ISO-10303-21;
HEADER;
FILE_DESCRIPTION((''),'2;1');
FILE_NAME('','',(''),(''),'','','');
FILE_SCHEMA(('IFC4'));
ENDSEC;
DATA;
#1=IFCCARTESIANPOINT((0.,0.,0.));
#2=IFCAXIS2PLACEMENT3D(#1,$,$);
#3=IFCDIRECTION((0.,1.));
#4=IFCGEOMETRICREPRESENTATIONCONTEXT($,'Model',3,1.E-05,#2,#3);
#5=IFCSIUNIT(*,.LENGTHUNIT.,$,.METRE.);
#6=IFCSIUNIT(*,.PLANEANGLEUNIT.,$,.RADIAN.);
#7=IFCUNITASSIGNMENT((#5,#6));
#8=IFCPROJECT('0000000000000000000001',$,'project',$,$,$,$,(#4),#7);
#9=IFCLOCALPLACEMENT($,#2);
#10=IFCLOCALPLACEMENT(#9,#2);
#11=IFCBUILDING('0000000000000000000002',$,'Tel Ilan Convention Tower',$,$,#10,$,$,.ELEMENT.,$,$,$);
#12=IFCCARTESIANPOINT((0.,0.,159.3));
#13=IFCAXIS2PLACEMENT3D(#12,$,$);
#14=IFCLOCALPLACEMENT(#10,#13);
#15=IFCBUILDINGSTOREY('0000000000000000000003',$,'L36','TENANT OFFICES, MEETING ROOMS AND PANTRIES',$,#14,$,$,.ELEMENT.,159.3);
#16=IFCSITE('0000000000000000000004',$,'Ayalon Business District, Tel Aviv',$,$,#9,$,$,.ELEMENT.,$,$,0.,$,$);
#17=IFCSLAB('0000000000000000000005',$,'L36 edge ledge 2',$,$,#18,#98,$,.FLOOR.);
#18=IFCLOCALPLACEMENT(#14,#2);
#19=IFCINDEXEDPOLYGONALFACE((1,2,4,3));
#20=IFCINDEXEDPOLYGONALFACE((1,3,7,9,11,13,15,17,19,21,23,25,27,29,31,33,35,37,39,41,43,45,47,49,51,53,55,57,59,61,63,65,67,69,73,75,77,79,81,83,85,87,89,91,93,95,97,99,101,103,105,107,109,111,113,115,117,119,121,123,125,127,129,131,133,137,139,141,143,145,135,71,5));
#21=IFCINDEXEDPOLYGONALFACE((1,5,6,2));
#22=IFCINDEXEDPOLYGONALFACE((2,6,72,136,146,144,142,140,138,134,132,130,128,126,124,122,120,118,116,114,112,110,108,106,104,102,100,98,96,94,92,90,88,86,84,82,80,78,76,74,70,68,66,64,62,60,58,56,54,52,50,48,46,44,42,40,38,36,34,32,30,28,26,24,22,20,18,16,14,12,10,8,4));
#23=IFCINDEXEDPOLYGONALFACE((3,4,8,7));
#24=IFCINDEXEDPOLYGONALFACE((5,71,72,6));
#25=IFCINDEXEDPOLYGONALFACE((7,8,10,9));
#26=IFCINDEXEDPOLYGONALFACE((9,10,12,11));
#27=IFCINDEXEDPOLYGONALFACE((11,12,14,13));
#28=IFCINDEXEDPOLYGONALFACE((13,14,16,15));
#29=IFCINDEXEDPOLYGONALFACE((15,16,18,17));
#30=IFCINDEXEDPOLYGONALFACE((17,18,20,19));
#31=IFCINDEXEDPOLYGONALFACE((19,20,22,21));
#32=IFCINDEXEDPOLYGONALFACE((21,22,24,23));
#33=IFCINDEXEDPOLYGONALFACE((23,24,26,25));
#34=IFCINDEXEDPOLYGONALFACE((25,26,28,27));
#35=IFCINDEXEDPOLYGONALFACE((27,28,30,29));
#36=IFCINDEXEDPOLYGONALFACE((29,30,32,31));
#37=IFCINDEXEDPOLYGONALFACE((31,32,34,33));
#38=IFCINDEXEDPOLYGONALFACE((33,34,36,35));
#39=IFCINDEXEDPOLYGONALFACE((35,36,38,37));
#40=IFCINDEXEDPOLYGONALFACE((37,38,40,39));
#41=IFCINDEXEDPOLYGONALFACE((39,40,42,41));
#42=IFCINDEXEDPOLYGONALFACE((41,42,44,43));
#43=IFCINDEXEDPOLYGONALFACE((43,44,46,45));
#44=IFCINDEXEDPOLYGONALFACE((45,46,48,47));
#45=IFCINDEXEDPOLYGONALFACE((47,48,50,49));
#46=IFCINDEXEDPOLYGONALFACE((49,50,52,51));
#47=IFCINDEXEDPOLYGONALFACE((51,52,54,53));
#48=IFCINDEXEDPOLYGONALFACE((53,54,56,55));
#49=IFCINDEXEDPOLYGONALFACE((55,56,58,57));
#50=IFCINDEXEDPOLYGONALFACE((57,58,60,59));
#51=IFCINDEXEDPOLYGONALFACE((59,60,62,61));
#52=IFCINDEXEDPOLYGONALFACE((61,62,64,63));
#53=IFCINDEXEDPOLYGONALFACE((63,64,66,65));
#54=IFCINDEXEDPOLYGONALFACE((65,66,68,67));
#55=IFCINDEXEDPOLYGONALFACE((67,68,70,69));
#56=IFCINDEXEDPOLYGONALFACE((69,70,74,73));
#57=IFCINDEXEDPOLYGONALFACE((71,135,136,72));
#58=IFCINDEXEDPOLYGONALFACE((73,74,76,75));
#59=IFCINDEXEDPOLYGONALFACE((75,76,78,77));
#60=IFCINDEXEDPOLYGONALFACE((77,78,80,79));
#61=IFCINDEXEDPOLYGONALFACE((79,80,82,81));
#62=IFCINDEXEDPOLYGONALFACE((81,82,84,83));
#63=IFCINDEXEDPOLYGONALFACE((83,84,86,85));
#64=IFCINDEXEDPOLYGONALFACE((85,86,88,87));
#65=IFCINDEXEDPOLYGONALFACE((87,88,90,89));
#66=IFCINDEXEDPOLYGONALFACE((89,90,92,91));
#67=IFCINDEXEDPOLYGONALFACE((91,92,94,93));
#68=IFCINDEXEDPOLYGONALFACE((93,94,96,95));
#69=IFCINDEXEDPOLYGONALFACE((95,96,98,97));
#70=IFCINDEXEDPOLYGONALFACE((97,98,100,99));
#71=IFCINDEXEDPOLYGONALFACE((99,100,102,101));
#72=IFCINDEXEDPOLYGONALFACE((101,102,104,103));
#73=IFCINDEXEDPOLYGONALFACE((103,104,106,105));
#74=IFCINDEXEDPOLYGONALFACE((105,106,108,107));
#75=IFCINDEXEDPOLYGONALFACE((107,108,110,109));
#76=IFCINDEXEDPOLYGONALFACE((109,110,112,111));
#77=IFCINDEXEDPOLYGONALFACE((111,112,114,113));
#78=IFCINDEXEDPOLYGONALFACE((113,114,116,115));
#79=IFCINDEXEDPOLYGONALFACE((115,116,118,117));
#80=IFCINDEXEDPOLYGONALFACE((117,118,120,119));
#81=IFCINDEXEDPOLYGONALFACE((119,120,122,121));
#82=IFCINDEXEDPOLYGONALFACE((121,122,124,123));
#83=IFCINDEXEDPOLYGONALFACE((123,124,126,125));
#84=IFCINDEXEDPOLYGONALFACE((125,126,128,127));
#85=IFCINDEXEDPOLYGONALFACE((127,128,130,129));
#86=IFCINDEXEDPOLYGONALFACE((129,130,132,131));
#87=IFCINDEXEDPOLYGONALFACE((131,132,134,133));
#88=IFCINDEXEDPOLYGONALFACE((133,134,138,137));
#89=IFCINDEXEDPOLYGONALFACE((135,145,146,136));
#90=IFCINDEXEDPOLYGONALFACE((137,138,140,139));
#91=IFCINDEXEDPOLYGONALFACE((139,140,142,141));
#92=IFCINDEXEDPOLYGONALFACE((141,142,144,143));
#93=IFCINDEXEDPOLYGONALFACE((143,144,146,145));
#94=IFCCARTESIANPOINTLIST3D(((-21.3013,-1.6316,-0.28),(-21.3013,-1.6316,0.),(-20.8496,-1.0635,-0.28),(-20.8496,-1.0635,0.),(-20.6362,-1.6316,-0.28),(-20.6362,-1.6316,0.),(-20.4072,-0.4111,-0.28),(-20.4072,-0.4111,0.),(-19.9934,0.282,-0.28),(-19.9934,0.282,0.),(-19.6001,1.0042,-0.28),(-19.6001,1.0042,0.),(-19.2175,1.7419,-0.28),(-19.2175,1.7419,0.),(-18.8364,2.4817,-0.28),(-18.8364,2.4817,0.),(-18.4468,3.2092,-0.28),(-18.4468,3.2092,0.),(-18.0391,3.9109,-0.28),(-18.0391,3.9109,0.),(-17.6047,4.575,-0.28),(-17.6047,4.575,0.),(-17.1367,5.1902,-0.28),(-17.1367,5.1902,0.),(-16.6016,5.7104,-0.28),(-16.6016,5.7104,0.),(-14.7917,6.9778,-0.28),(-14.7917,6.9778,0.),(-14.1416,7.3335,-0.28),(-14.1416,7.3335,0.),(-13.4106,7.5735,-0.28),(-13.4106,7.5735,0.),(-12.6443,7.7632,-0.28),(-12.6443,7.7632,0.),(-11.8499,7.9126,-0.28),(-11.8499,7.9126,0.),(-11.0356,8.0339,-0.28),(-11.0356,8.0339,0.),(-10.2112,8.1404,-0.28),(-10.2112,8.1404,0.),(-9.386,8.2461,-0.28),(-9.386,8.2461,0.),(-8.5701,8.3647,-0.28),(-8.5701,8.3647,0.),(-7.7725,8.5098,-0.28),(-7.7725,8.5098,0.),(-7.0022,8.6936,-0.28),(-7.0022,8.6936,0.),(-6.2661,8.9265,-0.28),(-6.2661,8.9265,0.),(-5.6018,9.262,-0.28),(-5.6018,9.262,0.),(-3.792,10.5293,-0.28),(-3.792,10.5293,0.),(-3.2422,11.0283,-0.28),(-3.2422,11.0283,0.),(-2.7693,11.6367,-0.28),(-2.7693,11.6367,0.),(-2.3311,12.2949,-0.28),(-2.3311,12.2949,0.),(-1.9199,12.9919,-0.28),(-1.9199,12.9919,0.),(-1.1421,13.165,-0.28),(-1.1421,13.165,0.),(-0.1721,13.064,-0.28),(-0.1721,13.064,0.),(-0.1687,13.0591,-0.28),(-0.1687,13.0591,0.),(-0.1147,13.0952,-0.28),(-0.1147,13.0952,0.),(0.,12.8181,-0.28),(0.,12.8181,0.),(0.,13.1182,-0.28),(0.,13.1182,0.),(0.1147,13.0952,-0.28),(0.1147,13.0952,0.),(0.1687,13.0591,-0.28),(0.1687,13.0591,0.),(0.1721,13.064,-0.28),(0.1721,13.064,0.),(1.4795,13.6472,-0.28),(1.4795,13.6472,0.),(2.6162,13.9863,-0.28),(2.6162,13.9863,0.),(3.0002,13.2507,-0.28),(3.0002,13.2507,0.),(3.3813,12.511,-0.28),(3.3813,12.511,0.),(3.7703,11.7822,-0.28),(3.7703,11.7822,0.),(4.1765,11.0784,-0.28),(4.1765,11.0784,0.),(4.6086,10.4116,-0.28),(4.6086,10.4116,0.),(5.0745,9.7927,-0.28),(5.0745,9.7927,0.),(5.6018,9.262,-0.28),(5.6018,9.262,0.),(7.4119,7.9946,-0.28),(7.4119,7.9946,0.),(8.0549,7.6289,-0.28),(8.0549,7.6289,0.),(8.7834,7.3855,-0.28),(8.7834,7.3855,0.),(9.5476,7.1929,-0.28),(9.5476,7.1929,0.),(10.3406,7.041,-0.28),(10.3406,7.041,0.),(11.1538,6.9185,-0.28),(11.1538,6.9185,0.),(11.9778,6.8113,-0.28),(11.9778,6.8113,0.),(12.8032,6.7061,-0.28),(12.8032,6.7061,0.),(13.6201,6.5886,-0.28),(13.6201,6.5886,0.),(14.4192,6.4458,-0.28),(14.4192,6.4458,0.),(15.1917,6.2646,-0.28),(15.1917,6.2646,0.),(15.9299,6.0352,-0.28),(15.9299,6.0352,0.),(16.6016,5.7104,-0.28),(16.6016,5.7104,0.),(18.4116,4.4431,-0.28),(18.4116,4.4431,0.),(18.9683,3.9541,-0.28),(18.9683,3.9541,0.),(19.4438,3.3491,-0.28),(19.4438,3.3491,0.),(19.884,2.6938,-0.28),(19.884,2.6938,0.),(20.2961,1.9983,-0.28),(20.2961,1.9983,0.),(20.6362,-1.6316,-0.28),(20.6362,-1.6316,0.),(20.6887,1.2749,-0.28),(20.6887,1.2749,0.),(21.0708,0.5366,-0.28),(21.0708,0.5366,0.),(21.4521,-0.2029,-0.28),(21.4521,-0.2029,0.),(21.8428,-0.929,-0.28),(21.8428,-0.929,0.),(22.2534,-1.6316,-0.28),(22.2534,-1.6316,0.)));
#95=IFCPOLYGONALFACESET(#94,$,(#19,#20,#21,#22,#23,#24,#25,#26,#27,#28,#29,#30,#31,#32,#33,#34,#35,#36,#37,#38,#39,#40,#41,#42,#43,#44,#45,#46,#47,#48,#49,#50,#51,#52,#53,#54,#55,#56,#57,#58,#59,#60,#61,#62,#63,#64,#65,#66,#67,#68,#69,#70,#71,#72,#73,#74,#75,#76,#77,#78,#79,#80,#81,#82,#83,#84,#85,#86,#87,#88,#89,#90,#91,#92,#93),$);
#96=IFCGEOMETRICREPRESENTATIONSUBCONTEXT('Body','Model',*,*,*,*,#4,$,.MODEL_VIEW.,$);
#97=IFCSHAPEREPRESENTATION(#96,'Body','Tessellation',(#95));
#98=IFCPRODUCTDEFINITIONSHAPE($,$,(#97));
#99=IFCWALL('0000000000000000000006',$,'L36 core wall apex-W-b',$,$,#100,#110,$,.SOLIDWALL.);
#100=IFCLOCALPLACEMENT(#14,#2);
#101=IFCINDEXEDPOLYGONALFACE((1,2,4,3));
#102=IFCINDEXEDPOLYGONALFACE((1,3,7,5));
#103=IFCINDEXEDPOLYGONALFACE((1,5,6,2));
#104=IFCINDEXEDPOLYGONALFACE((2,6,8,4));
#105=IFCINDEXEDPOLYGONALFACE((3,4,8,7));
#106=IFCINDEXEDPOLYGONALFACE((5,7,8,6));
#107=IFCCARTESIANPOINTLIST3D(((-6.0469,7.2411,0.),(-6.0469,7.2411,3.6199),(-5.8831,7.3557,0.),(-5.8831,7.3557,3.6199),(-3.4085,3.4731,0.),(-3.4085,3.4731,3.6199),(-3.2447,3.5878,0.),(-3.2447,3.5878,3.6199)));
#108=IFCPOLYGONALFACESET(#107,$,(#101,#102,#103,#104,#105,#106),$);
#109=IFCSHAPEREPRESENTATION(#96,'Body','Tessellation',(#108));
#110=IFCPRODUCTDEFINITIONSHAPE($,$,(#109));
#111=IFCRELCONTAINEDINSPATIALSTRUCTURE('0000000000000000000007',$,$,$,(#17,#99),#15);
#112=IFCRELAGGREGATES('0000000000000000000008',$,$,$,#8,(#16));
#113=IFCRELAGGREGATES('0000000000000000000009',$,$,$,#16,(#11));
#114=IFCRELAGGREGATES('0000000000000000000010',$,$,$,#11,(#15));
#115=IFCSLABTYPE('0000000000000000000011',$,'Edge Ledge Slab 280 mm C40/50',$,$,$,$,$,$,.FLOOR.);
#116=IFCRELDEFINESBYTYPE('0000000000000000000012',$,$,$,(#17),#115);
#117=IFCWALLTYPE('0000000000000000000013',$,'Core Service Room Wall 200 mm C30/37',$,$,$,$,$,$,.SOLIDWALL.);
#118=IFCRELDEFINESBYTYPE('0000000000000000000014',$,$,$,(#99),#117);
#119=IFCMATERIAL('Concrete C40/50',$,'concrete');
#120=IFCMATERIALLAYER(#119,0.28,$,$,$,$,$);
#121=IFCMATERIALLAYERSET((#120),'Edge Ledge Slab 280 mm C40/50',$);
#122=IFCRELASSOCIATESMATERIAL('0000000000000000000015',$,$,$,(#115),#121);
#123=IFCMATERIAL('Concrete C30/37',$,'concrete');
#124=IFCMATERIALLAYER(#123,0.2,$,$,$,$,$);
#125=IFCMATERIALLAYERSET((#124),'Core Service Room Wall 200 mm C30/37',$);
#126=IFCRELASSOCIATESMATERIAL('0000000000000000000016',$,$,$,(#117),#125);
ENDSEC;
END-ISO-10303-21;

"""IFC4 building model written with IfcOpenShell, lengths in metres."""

from ifc_helpers import new_model, si_unit, direction, frame, frame_2d, origin, place, context, subcontext, project, spatial, polyline, rectangle, outline, extrude, material, layer, layer_set, type_object, element, save


model = new_model("IFC4")

# Units and contexts
model_context = context("Model", 3, precision=1e-05, world=origin(), true_north=direction((0.0, 1.0)))
body_context = subcontext(model_context, "Body", "Model", "MODEL_VIEW")
ifc_project = project(units=[si_unit("LENGTHUNIT", "METRE"), si_unit("PLANEANGLEUNIT", "RADIAN")], contexts=[model_context])

# Site, building, storey
site_placement = place(None, origin())
site = spatial("IfcSite", under=ifc_project, at=site_placement, Name="Ayalon Business District, Tel Aviv", CompositionType="ELEMENT", RefElevation=0.0)
building_placement = place(site_placement, origin())
building = spatial("IfcBuilding", under=site, at=building_placement, Name="Tel Ilan Convention Tower", CompositionType="ELEMENT")
storey_placement = place(building_placement, frame((0.0, 0.0, 159.3)))
storey = spatial("IfcBuildingStorey", under=building, at=storey_placement, Name="L36", Description="TENANT OFFICES, MEETING ROOMS AND PANTRIES", CompositionType="ELEMENT", Elevation=159.3)

# Slab
ifc_material_1 = material(Name="Concrete C40/50", Category="concrete")
ifc_layer_1 = layer(ifc_material_1, 0.28)
ifc_layer_set_1 = layer_set([ifc_layer_1], Name="Edge Ledge Slab 280 mm C40/50")
slab_type_1 = type_object("IfcSlabType", Name="Edge Ledge Slab 280 mm C40/50", PredefinedType="FLOOR", material=ifc_layer_set_1)
slab_1_placement = place(storey_placement, frame((0.0, 0.0, -0.28)))
element("IfcSlab", 1, at=slab_1_placement, inside=storey, type_object=slab_type_1, Name="L36 edge ledge 2", PredefinedType="FLOOR", context=body_context, shape_type="SweptSolid", body=[
    extrude(outline(polyline([(-19.6001, 1.0042), (-19.2175, 1.7419), (-18.8364, 2.4817), (-18.4468, 3.2092), (-18.0391, 3.9109), (-17.6047, 4.575), (-17.1367, 5.1902), (-16.6016, 5.7104), (-14.7917, 6.9778), (-14.1416, 7.3335), (-13.4106, 7.5735), (-12.6443, 7.7632), (-11.8499, 7.9126), (-11.0356, 8.0339), (-10.2112, 8.1404), (-9.386, 8.2461), (-8.5701, 8.3647), (-7.7725, 8.5098), (-7.0022, 8.6936), (-6.2661, 8.9265), (-5.6018, 9.262), (-3.792, 10.5293), (-3.2422, 11.0283), (-2.7693, 11.6367), (-2.3311, 12.2949), (-1.9199, 12.9919), (-1.1421, 13.165), (-0.1721, 13.064), (-0.1687, 13.0591), (-0.1147, 13.0952), (0.0, 13.1182), (0.1147, 13.0952), (0.1687, 13.0591), (0.1721, 13.064), (1.4795, 13.6472), (2.6162, 13.9863), (3.0002, 13.2507), (3.3813, 12.511), (3.7703, 11.7822), (4.1765, 11.0784), (4.6086, 10.4116), (5.0745, 9.7927), (5.6018, 9.262), (7.4119, 7.9946), (8.0549, 7.6289), (8.7834, 7.3855), (9.5476, 7.1929), (10.3406, 7.041), (11.1538, 6.9185), (11.9778, 6.8113), (12.8032, 6.7061), (13.6201, 6.5886), (14.4192, 6.4458), (15.1917, 6.2646), (15.9299, 6.0352), (16.6016, 5.7104), (18.4116, 4.4431), (18.9683, 3.9541), (19.4438, 3.3491), (19.884, 2.6938), (20.2961, 1.9983), (20.6887, 1.2749), (21.0708, 0.5366), (21.4521, -0.2029), (21.8428, -0.929), (22.2534, -1.6316), (20.6362, -1.6316), (0.0, 12.8181), (-20.6362, -1.6316), (-21.3013, -1.6316), (-20.8496, -1.0635), (-20.4072, -0.4111), (-19.9934, 0.282), (-19.6001, 1.0042)])), origin(), (0.0, 0.0, 1.0), 0.28),
])

# Wall
ifc_material_2 = material(Name="Concrete C30/37", Category="concrete")
ifc_layer_2 = layer(ifc_material_2, 0.2)
ifc_layer_set_2 = layer_set([ifc_layer_2], Name="Core Service Room Wall 200 mm C30/37")
wall_type_1 = type_object("IfcWallType", Name="Core Service Room Wall 200 mm C30/37", PredefinedType="SOLIDWALL", material=ifc_layer_set_2)
wall_1_placement = place(storey_placement, frame((-3.3267, 3.5305, 0.0), z_axis=(0.0, 0.0, 1.0), x_axis=(-0.573576, 0.819152, 0.0)))
element("IfcWall", 2, at=wall_1_placement, inside=storey, type_object=wall_type_1, Name="L36 core wall apex-W-b", PredefinedType="SOLIDWALL", context=body_context, shape_type="SweptSolid", body=[
    extrude(rectangle(XDim=4.5999, YDim=0.2, at=frame_2d((2.2998, 0.0))), origin(), (0.0, 0.0, 1.0), 3.6199),
])

save(model, "model.ifc")
